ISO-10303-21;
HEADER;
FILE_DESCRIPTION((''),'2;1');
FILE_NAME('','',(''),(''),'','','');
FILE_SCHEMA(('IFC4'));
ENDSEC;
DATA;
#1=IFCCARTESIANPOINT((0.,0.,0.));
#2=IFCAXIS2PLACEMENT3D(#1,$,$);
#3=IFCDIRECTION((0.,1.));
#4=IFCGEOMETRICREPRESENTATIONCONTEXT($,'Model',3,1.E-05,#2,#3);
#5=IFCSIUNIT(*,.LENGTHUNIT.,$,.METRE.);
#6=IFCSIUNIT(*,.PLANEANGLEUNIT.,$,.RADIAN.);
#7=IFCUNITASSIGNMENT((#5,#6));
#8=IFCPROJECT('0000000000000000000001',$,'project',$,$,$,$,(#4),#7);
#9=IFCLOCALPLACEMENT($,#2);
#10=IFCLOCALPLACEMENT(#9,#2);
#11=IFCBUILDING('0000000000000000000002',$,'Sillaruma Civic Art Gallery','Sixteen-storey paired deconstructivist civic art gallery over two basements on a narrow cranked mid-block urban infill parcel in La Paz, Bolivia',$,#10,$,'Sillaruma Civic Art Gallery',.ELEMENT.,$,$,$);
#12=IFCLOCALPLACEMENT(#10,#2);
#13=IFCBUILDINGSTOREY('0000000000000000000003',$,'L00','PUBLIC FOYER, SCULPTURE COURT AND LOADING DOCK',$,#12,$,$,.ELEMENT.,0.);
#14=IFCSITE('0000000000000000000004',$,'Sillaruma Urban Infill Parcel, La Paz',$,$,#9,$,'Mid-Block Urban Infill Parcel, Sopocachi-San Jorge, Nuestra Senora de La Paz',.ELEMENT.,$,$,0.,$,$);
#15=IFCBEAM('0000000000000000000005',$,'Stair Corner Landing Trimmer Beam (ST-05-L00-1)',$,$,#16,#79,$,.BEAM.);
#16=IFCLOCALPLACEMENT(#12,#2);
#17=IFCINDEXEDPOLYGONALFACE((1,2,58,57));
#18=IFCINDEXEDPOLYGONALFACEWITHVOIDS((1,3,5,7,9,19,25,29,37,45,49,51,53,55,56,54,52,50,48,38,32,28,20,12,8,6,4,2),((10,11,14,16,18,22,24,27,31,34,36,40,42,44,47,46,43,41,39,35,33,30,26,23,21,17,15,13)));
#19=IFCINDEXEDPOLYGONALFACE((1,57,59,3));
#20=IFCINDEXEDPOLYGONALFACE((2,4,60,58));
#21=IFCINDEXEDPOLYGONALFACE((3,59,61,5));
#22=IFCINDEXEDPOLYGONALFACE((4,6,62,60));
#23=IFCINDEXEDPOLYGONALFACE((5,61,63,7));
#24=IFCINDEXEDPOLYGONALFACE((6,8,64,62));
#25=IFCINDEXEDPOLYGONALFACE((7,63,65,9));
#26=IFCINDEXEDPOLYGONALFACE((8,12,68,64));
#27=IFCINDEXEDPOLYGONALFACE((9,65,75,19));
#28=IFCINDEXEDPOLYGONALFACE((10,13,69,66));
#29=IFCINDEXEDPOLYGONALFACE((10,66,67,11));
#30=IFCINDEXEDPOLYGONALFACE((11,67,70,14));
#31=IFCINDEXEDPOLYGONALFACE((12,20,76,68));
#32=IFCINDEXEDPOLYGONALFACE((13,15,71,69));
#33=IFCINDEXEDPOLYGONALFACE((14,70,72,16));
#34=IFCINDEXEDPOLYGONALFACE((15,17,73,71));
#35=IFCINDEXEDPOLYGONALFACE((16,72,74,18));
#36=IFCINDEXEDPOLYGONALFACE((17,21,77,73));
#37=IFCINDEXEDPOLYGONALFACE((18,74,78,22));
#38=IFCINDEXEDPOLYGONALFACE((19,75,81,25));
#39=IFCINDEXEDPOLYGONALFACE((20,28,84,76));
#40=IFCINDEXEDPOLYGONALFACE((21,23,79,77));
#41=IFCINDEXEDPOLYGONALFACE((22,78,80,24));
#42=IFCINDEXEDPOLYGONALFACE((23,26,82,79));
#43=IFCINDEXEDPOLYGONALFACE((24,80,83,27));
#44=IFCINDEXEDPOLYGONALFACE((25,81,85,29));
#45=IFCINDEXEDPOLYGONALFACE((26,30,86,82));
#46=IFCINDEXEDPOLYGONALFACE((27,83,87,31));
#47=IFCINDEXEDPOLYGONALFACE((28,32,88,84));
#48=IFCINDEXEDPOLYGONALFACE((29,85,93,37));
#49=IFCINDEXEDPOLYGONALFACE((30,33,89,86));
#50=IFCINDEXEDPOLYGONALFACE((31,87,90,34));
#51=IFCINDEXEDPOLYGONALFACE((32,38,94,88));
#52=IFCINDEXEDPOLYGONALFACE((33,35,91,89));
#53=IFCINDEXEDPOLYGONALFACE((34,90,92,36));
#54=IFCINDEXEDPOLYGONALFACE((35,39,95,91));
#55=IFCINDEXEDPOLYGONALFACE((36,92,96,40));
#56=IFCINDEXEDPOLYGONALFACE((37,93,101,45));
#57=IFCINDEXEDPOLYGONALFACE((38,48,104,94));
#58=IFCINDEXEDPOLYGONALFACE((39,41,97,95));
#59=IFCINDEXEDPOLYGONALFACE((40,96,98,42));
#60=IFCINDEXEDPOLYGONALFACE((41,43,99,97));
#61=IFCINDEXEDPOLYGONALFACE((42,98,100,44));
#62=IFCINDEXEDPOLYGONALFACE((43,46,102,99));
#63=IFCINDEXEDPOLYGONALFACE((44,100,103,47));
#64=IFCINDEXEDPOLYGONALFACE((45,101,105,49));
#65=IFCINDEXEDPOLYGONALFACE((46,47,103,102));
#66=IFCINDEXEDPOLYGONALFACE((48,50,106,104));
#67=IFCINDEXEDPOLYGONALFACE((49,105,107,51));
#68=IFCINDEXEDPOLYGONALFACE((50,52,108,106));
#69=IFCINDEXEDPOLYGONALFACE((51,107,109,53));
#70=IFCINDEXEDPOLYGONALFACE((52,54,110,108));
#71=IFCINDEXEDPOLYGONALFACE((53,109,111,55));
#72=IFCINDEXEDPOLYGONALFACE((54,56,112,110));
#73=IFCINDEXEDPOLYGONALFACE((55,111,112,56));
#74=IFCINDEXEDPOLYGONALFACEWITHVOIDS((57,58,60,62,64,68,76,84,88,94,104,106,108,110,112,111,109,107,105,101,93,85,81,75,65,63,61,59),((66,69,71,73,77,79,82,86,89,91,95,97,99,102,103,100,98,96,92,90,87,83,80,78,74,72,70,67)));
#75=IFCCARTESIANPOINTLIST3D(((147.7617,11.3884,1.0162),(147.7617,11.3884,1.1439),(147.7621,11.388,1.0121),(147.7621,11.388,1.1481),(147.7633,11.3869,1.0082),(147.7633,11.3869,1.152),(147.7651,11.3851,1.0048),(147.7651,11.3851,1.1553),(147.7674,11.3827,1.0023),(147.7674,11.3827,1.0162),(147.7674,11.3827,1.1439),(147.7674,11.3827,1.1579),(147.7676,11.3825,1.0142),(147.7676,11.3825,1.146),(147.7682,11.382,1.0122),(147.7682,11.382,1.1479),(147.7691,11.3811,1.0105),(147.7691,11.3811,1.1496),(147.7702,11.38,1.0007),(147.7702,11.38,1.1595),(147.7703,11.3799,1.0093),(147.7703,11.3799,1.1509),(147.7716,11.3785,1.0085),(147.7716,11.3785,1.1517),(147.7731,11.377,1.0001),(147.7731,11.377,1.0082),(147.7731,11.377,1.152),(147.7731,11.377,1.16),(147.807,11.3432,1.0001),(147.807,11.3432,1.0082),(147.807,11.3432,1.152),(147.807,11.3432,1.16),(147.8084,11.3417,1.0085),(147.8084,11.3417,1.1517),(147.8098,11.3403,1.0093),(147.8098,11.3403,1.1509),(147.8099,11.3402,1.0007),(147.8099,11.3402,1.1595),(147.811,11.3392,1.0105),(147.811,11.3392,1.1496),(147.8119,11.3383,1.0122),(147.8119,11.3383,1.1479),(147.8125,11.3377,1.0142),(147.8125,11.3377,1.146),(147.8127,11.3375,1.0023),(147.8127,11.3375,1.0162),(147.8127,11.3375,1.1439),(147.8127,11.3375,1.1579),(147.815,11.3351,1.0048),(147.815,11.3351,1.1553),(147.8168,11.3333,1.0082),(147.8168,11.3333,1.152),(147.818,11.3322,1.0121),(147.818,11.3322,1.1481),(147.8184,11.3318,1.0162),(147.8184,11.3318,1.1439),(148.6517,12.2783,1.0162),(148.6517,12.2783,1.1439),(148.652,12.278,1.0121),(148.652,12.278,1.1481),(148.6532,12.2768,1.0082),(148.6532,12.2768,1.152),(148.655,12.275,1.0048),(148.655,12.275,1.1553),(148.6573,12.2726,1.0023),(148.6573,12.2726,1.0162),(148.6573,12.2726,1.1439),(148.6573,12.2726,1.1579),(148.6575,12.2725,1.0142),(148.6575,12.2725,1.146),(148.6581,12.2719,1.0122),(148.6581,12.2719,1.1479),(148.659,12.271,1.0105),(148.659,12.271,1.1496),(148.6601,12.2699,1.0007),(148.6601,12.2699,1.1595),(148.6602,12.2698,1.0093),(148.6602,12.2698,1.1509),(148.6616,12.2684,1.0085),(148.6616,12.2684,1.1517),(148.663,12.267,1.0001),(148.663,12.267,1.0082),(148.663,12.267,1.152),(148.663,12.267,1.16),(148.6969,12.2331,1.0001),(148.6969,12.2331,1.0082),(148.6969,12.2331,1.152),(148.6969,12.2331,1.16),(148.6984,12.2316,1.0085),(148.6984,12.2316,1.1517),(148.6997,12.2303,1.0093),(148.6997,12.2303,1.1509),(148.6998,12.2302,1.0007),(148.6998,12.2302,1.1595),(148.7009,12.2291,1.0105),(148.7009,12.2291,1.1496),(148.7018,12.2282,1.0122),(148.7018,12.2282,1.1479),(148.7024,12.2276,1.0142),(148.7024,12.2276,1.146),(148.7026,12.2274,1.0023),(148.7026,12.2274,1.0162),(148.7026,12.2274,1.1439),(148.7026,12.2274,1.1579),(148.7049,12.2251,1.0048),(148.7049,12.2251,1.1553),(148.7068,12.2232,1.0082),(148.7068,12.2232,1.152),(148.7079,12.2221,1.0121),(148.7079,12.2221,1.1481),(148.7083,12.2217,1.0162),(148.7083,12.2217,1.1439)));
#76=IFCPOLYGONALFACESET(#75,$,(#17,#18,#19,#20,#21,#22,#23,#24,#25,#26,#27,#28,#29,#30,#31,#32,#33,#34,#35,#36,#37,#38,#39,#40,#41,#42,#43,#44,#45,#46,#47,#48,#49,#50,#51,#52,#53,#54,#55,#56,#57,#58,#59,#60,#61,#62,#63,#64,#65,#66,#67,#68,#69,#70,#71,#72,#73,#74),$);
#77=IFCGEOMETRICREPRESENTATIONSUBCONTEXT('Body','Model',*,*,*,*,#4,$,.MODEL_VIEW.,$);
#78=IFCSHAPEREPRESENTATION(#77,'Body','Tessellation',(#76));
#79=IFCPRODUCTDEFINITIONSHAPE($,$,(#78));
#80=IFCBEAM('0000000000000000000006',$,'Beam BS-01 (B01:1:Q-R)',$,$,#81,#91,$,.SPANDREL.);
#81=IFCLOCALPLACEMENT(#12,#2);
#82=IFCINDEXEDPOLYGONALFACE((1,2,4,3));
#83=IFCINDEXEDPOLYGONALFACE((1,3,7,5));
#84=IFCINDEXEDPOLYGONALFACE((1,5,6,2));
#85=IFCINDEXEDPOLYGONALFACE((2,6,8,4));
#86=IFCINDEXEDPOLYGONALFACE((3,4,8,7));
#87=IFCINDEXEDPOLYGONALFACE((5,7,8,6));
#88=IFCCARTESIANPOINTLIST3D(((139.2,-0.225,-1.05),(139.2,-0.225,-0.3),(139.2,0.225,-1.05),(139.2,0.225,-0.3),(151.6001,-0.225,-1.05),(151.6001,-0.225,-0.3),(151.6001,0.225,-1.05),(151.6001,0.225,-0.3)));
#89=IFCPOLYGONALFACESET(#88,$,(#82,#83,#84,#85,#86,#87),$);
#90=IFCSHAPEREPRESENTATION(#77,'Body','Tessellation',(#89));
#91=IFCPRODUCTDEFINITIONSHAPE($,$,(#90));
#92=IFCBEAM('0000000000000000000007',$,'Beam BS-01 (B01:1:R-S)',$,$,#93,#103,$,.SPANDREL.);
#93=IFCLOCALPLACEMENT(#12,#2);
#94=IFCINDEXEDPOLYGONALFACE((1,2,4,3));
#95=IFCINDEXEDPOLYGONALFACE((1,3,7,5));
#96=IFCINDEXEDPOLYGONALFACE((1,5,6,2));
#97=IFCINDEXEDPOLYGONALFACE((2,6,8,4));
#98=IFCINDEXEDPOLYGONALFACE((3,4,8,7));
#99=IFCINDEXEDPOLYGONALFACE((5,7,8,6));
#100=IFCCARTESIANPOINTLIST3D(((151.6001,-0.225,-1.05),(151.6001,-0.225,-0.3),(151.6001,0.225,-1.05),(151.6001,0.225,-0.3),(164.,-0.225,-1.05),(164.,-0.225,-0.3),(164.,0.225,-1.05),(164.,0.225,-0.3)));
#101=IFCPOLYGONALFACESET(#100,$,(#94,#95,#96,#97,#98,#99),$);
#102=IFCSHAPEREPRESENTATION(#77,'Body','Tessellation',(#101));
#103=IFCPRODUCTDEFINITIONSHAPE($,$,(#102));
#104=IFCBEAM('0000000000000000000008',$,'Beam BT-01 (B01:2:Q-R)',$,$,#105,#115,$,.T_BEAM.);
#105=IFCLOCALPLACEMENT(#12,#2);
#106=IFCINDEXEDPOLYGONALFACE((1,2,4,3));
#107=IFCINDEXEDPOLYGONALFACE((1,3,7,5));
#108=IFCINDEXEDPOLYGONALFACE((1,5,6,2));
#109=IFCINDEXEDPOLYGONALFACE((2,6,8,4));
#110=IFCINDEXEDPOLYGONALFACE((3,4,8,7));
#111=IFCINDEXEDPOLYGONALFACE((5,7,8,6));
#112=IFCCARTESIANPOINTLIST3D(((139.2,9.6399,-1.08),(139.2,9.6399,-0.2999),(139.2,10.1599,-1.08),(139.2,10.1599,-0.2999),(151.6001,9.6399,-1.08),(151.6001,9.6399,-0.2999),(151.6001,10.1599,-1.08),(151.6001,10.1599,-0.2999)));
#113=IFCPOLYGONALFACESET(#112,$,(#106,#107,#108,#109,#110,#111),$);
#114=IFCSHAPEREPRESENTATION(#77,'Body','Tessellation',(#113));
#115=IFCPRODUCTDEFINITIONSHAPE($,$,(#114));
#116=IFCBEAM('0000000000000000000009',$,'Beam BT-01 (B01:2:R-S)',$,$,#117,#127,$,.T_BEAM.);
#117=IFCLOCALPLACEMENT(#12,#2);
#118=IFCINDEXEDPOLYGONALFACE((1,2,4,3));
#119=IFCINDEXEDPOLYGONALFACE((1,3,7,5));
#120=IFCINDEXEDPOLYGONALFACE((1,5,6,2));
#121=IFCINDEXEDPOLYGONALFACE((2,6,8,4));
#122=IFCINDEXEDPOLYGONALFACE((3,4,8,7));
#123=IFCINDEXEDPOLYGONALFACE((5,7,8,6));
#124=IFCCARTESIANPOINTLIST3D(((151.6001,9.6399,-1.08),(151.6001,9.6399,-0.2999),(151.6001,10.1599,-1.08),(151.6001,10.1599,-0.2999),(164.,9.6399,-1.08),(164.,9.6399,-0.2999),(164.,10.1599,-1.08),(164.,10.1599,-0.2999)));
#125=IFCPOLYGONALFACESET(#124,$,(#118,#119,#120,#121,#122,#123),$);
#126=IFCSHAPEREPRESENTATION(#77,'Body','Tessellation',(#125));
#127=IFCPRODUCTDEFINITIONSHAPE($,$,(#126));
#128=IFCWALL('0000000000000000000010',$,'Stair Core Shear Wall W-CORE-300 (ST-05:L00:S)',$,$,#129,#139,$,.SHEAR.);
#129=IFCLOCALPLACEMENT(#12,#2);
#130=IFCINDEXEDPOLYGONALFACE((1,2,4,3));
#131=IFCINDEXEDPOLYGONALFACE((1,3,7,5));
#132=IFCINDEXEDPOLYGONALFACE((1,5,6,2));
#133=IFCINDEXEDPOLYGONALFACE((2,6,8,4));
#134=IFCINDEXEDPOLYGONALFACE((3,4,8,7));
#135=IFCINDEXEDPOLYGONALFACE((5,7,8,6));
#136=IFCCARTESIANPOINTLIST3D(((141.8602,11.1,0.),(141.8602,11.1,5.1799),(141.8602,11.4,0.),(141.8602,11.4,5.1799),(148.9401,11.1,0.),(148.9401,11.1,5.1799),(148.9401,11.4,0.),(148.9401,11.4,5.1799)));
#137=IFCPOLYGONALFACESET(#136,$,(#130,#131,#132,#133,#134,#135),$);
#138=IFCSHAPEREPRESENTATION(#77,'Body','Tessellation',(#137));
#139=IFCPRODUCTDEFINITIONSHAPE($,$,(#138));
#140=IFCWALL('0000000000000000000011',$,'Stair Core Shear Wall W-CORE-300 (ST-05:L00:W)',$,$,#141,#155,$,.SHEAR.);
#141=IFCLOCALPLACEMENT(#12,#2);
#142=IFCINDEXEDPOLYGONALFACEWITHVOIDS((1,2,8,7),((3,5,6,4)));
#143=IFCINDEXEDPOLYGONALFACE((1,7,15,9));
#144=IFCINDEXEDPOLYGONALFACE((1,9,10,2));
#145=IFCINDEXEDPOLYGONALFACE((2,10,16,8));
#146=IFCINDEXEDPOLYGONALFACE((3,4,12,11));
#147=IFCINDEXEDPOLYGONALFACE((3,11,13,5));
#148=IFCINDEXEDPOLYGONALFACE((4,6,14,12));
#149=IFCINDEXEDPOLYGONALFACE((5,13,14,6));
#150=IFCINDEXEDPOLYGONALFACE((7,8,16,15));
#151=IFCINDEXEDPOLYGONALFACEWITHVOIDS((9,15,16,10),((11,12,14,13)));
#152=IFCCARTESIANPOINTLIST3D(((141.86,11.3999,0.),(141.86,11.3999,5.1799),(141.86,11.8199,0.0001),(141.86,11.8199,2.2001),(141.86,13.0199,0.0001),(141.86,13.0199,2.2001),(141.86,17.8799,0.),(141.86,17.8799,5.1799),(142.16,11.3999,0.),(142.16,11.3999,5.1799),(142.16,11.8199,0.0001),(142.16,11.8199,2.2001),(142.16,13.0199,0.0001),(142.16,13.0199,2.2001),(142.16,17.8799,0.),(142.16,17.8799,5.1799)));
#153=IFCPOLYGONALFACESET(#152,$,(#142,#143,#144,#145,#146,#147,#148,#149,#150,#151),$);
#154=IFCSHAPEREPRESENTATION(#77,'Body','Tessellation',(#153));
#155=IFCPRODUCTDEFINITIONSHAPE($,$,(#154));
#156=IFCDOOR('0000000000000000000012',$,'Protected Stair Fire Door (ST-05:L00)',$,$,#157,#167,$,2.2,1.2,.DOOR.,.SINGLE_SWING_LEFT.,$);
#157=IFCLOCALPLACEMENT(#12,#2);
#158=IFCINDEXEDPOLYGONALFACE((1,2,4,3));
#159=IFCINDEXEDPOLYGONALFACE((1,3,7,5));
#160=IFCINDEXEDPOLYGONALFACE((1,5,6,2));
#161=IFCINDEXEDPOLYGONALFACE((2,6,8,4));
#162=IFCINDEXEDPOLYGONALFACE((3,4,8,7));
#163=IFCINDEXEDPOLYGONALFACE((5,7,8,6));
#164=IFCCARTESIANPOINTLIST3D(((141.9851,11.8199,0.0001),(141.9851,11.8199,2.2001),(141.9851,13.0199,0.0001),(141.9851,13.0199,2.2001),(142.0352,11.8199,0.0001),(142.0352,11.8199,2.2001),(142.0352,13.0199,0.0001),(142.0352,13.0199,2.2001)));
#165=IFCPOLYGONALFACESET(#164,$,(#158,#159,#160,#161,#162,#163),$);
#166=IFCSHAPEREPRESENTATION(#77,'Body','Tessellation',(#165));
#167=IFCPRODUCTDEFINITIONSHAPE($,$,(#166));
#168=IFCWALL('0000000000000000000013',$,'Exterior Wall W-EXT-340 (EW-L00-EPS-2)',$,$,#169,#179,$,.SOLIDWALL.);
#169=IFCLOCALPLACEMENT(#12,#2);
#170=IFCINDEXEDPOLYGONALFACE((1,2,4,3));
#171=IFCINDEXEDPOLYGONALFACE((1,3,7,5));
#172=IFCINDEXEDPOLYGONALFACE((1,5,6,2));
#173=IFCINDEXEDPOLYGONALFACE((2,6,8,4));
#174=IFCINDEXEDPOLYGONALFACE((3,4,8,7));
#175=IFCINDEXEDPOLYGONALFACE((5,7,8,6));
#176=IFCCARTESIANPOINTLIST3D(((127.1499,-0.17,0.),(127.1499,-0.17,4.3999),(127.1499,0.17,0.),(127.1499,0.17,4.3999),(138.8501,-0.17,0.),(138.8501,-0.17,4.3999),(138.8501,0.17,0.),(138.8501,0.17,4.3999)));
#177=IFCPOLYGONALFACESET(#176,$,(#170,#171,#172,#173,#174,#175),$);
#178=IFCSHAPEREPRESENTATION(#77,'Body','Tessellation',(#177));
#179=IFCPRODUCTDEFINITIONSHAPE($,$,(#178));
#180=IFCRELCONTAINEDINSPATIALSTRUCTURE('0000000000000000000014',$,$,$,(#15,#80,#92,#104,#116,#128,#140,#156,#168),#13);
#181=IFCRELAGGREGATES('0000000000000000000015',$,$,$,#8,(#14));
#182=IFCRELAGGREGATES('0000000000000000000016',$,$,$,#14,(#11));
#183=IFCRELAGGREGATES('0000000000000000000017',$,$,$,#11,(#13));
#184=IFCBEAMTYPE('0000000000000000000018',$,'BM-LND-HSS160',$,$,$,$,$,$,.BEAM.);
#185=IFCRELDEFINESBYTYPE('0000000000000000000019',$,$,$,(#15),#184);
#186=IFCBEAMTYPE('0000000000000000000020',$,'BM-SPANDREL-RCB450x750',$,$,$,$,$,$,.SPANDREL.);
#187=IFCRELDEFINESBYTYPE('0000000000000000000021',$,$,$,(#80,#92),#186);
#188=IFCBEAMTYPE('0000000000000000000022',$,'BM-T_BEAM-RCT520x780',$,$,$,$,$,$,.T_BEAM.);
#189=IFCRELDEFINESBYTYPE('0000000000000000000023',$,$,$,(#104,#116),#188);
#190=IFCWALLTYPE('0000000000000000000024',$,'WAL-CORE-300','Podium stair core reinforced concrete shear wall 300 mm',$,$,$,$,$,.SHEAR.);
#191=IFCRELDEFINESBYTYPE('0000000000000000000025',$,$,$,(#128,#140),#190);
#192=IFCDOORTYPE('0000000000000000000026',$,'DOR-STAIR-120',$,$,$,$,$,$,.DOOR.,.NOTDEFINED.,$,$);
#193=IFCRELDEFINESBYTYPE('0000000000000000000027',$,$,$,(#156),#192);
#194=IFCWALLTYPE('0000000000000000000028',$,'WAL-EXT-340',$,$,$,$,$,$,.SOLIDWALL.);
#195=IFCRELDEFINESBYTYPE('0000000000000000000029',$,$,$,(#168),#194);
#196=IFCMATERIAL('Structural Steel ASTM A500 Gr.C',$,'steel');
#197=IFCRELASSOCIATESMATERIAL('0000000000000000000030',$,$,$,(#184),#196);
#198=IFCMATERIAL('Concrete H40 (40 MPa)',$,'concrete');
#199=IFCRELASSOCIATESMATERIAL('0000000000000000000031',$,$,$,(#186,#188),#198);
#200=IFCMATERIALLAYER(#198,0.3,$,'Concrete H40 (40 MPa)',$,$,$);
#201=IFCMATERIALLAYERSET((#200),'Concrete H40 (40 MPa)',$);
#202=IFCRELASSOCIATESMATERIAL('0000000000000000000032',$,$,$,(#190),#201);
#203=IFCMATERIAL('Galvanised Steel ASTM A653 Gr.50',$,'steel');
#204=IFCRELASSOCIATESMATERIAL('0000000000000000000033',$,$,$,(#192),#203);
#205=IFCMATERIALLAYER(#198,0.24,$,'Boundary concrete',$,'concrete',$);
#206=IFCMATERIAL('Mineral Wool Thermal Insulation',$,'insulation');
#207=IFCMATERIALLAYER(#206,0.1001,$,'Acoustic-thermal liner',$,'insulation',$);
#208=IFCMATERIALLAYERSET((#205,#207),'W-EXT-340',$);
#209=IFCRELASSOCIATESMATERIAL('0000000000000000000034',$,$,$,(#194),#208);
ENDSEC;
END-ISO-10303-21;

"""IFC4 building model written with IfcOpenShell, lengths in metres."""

from ifc_helpers import new_model, si_unit, direction, frame, frame_2d, origin, origin_2d, place, context, subcontext, project, spatial, rectangle, hollow_rectangle, extrude, material, layer, layer_set, material_profile, profile_set, type_object, element, fill, save


model = new_model("IFC4")

# Units and contexts
model_context = context("Model", 3, precision=1e-05, world=origin(), true_north=direction((0.0, 1.0)))
body_context = subcontext(model_context, "Body", "Model", "MODEL_VIEW")
ifc_project = project(units=[si_unit("LENGTHUNIT", "METRE"), si_unit("PLANEANGLEUNIT", "RADIAN")], contexts=[model_context])

# Site, building, storey
site_placement = place(None, origin())
site = spatial("IfcSite", under=ifc_project, at=site_placement, Name="Sillaruma Urban Infill Parcel, La Paz", LongName="Mid-Block Urban Infill Parcel, Sopocachi-San Jorge, Nuestra Senora de La Paz", CompositionType="ELEMENT", RefElevation=0.0)
building_placement = place(site_placement, origin())
building = spatial("IfcBuilding", under=site, at=building_placement, Name="Sillaruma Civic Art Gallery", Description="Sixteen-storey paired deconstructivist civic art gallery over two basements on a narrow cranked mid-block urban infill parcel in La Paz, Bolivia", LongName="Sillaruma Civic Art Gallery", CompositionType="ELEMENT")
storey_placement = place(building_placement, origin())
storey = spatial("IfcBuildingStorey", under=building, at=storey_placement, Name="L00", Description="PUBLIC FOYER, SCULPTURE COURT AND LOADING DOCK", CompositionType="ELEMENT", Elevation=0.0)

# Shared definitions
ifc_material_1 = material(Name="Concrete H40 (40 MPa)", Category="concrete")

# Beams
ifc_material_2 = material(Name="Structural Steel ASTM A500 Gr.C", Category="steel")
ifc_material_profile_1 = material_profile(ifc_material_2, hollow_rectangle(XDim=0.0801, YDim=0.1599, WallThickness=0.0081, InnerFilletRadius=0.0081, OuterFilletRadius=0.0161, at=origin_2d()), Name="HSS160x80x8")
ifc_profile_set_1 = profile_set([ifc_material_profile_1], Name="Structural Steel ASTM A500 Gr.C")
beam_type_1 = type_object("IfcBeamType", Name="BM-LND-HSS160", PredefinedType="BEAM", material=ifc_profile_set_1)
beam_1_placement = place(storey_placement, frame((147.79, 11.3601, 1.0801), z_axis=(0.707107, 0.707107, 0.0), x_axis=(-0.707107, 0.707107, 0.0)))
element("IfcBeam", 1, at=beam_1_placement, inside=storey, type_object=beam_type_1, Name="Stair Corner Landing Trimmer Beam (ST-05-L00-1)", PredefinedType="BEAM", context=body_context, shape_type="SweptSolid", body=[
    extrude(hollow_rectangle(XDim=0.0801, YDim=0.1599, WallThickness=0.0081, InnerFilletRadius=0.0081, OuterFilletRadius=0.0161, at=origin_2d()), origin(), (0.0, 0.0, 1.0), 1.2585),
])
ifc_material_profile_2 = material_profile(ifc_material_1, rectangle(XDim=0.45, YDim=0.75, at=origin_2d()), Name="RCB450x750")
ifc_profile_set_2 = profile_set([ifc_material_profile_2], Name="Concrete H40 (40 MPa)")
beam_type_2 = type_object("IfcBeamType", Name="BM-SPANDREL-RCB450x750", PredefinedType="SPANDREL", material=ifc_profile_set_2)
beam_2_placement = place(storey_placement, frame((139.2, 0.0, -0.675), z_axis=(1.0, 0.0, 0.0), x_axis=(0.0, 1.0, 0.0)))
element("IfcBeam", 2, at=beam_2_placement, inside=storey, type_object=beam_type_2, Name="Beam BS-01 (B01:1:Q-R)", PredefinedType="SPANDREL", context=body_context, shape_type="SweptSolid", body=[
    extrude(rectangle(XDim=0.45, YDim=0.75, at=origin_2d()), origin(), (0.0, 0.0, 1.0), 12.4001),
])
beam_3_placement = place(storey_placement, frame((151.6001, 0.0, -0.675), z_axis=(1.0, 0.0, 0.0), x_axis=(0.0, 1.0, 0.0)))
element("IfcBeam", 3, at=beam_3_placement, inside=storey, type_object=beam_type_2, Name="Beam BS-01 (B01:1:R-S)", PredefinedType="SPANDREL", context=body_context, shape_type="SweptSolid", body=[
    extrude(rectangle(XDim=0.45, YDim=0.75, at=origin_2d()), origin(), (0.0, 0.0, 1.0), 12.3999),
])
ifc_material_profile_3 = material_profile(ifc_material_1, rectangle(XDim=0.52, YDim=0.78, at=origin_2d()), Name="RCT520x780")
ifc_profile_set_3 = profile_set([ifc_material_profile_3], Name="Concrete H40 (40 MPa)")
beam_type_3 = type_object("IfcBeamType", Name="BM-T_BEAM-RCT520x780", PredefinedType="T_BEAM", material=ifc_profile_set_3)
beam_4_placement = place(storey_placement, frame((139.2, 9.8999, -0.6899), z_axis=(1.0, 0.0, 0.0), x_axis=(0.0, 1.0, 0.0)))
element("IfcBeam", 4, at=beam_4_placement, inside=storey, type_object=beam_type_3, Name="Beam BT-01 (B01:2:Q-R)", PredefinedType="T_BEAM", context=body_context, shape_type="SweptSolid", body=[
    extrude(rectangle(XDim=0.52, YDim=0.78, at=origin_2d()), origin(), (0.0, 0.0, 1.0), 12.4001),
])
beam_5_placement = place(storey_placement, frame((151.6001, 9.8999, -0.6899), z_axis=(1.0, 0.0, 0.0), x_axis=(0.0, 1.0, 0.0)))
element("IfcBeam", 5, at=beam_5_placement, inside=storey, type_object=beam_type_3, Name="Beam BT-01 (B01:2:R-S)", PredefinedType="T_BEAM", context=body_context, shape_type="SweptSolid", body=[
    extrude(rectangle(XDim=0.52, YDim=0.78, at=origin_2d()), origin(), (0.0, 0.0, 1.0), 12.3999),
])

# Wall
ifc_layer_1 = layer(ifc_material_1, 0.3, Name="Concrete H40 (40 MPa)")
ifc_layer_set_1 = layer_set([ifc_layer_1], Name="Concrete H40 (40 MPa)")
wall_type_1 = type_object("IfcWallType", Name="WAL-CORE-300", Description="Podium stair core reinforced concrete shear wall 300 mm", PredefinedType="SHEAR", material=ifc_layer_set_1)
wall_1_placement = place(storey_placement, frame((141.8601, 11.25, 0.0), z_axis=(0.0, 0.0, 1.0), x_axis=(1.0, 0.0, 0.0)))
element("IfcWall", 6, at=wall_1_placement, inside=storey, type_object=wall_type_1, Name="Stair Core Shear Wall W-CORE-300 (ST-05:L00:S)", PredefinedType="SHEAR", context=body_context, shape_type="SweptSolid", body=[
    extrude(rectangle(XDim=7.0798, YDim=0.3, at=frame_2d((3.54, 0.0))), origin(), (0.0, 0.0, 1.0), 5.1799),
])

# Wall, opening, door
wall_2_placement = place(storey_placement, frame((142.01, 11.3999, 0.0), z_axis=(0.0, 0.0, 1.0), x_axis=(0.0, 1.0, 0.0)))
wall_2 = element("IfcWall", 7, at=wall_2_placement, inside=storey, type_object=wall_type_1, Name="Stair Core Shear Wall W-CORE-300 (ST-05:L00:W)", PredefinedType="SHEAR", context=body_context, shape_type="SweptSolid", body=[
    extrude(rectangle(XDim=6.48, YDim=0.3, at=frame_2d((3.24, 0.0))), origin(), (0.0, 0.0, 1.0), 5.1799),
])
opening_placement = place(wall_2_placement, frame((0.4199, 0.0, 0.0)))
opening = element("IfcOpeningElement", 8, at=opening_placement, cuts=wall_2, PredefinedType="OPENING", context=body_context, shape_type="SweptSolid", body=[
    extrude(rectangle(XDim=1.2, YDim=2.2, at=frame_2d((0.6001, 1.1001))), frame((0.0, 0.1599, 0.0), z_axis=(0.0, -1.0, 0.0), x_axis=(1.0, 0.0, 0.0)), (0.0, 0.0, 1.0), 0.3201),
])
ifc_material_3 = material(Name="Galvanised Steel ASTM A653 Gr.50", Category="steel")
door_type = type_object("IfcDoorType", Name="DOR-STAIR-120", OperationType="NOTDEFINED", PredefinedType="DOOR", material=ifc_material_3)
door_placement = place(opening_placement, origin())
door = element("IfcDoor", 9, at=door_placement, inside=storey, type_object=door_type, Name="Protected Stair Fire Door (ST-05:L00)", OperationType="SINGLE_SWING_LEFT", OverallHeight=2.2, OverallWidth=1.2, PredefinedType="DOOR", context=body_context, shape_type="SweptSolid", body=[
    extrude(rectangle(XDim=1.2, YDim=2.2, at=frame_2d((0.6001, 1.1001))), frame((0.0, 0.0249, 0.0), z_axis=(0.0, -1.0, 0.0), x_axis=(1.0, 0.0, 0.0)), (0.0, 0.0, 1.0), 0.05),
])
fill(opening, door)

# Wall
ifc_layer_2 = layer(ifc_material_1, 0.24, Name="Boundary concrete", Category="concrete")
ifc_material_4 = material(Name="Mineral Wool Thermal Insulation", Category="insulation")
ifc_layer_3 = layer(ifc_material_4, 0.1001, Name="Acoustic-thermal liner", Category="insulation")
ifc_layer_set_2 = layer_set([ifc_layer_2, ifc_layer_3], Name="W-EXT-340")
wall_type_2 = type_object("IfcWallType", Name="WAL-EXT-340", PredefinedType="SOLIDWALL", material=ifc_layer_set_2)
wall_3_placement = place(storey_placement, frame((127.1499, 0.0, 0.0), z_axis=(0.0, 0.0, 1.0), x_axis=(1.0, 0.0, 0.0)))
element("IfcWall", 10, at=wall_3_placement, inside=storey, type_object=wall_type_2, Name="Exterior Wall W-EXT-340 (EW-L00-EPS-2)", PredefinedType="SOLIDWALL", context=body_context, shape_type="SweptSolid", body=[
    extrude(rectangle(XDim=11.7002, YDim=0.3401, at=frame_2d((5.8501, 0.0))), origin(), (0.0, 0.0, 1.0), 4.3999),
])

save(model, "model.ifc")
